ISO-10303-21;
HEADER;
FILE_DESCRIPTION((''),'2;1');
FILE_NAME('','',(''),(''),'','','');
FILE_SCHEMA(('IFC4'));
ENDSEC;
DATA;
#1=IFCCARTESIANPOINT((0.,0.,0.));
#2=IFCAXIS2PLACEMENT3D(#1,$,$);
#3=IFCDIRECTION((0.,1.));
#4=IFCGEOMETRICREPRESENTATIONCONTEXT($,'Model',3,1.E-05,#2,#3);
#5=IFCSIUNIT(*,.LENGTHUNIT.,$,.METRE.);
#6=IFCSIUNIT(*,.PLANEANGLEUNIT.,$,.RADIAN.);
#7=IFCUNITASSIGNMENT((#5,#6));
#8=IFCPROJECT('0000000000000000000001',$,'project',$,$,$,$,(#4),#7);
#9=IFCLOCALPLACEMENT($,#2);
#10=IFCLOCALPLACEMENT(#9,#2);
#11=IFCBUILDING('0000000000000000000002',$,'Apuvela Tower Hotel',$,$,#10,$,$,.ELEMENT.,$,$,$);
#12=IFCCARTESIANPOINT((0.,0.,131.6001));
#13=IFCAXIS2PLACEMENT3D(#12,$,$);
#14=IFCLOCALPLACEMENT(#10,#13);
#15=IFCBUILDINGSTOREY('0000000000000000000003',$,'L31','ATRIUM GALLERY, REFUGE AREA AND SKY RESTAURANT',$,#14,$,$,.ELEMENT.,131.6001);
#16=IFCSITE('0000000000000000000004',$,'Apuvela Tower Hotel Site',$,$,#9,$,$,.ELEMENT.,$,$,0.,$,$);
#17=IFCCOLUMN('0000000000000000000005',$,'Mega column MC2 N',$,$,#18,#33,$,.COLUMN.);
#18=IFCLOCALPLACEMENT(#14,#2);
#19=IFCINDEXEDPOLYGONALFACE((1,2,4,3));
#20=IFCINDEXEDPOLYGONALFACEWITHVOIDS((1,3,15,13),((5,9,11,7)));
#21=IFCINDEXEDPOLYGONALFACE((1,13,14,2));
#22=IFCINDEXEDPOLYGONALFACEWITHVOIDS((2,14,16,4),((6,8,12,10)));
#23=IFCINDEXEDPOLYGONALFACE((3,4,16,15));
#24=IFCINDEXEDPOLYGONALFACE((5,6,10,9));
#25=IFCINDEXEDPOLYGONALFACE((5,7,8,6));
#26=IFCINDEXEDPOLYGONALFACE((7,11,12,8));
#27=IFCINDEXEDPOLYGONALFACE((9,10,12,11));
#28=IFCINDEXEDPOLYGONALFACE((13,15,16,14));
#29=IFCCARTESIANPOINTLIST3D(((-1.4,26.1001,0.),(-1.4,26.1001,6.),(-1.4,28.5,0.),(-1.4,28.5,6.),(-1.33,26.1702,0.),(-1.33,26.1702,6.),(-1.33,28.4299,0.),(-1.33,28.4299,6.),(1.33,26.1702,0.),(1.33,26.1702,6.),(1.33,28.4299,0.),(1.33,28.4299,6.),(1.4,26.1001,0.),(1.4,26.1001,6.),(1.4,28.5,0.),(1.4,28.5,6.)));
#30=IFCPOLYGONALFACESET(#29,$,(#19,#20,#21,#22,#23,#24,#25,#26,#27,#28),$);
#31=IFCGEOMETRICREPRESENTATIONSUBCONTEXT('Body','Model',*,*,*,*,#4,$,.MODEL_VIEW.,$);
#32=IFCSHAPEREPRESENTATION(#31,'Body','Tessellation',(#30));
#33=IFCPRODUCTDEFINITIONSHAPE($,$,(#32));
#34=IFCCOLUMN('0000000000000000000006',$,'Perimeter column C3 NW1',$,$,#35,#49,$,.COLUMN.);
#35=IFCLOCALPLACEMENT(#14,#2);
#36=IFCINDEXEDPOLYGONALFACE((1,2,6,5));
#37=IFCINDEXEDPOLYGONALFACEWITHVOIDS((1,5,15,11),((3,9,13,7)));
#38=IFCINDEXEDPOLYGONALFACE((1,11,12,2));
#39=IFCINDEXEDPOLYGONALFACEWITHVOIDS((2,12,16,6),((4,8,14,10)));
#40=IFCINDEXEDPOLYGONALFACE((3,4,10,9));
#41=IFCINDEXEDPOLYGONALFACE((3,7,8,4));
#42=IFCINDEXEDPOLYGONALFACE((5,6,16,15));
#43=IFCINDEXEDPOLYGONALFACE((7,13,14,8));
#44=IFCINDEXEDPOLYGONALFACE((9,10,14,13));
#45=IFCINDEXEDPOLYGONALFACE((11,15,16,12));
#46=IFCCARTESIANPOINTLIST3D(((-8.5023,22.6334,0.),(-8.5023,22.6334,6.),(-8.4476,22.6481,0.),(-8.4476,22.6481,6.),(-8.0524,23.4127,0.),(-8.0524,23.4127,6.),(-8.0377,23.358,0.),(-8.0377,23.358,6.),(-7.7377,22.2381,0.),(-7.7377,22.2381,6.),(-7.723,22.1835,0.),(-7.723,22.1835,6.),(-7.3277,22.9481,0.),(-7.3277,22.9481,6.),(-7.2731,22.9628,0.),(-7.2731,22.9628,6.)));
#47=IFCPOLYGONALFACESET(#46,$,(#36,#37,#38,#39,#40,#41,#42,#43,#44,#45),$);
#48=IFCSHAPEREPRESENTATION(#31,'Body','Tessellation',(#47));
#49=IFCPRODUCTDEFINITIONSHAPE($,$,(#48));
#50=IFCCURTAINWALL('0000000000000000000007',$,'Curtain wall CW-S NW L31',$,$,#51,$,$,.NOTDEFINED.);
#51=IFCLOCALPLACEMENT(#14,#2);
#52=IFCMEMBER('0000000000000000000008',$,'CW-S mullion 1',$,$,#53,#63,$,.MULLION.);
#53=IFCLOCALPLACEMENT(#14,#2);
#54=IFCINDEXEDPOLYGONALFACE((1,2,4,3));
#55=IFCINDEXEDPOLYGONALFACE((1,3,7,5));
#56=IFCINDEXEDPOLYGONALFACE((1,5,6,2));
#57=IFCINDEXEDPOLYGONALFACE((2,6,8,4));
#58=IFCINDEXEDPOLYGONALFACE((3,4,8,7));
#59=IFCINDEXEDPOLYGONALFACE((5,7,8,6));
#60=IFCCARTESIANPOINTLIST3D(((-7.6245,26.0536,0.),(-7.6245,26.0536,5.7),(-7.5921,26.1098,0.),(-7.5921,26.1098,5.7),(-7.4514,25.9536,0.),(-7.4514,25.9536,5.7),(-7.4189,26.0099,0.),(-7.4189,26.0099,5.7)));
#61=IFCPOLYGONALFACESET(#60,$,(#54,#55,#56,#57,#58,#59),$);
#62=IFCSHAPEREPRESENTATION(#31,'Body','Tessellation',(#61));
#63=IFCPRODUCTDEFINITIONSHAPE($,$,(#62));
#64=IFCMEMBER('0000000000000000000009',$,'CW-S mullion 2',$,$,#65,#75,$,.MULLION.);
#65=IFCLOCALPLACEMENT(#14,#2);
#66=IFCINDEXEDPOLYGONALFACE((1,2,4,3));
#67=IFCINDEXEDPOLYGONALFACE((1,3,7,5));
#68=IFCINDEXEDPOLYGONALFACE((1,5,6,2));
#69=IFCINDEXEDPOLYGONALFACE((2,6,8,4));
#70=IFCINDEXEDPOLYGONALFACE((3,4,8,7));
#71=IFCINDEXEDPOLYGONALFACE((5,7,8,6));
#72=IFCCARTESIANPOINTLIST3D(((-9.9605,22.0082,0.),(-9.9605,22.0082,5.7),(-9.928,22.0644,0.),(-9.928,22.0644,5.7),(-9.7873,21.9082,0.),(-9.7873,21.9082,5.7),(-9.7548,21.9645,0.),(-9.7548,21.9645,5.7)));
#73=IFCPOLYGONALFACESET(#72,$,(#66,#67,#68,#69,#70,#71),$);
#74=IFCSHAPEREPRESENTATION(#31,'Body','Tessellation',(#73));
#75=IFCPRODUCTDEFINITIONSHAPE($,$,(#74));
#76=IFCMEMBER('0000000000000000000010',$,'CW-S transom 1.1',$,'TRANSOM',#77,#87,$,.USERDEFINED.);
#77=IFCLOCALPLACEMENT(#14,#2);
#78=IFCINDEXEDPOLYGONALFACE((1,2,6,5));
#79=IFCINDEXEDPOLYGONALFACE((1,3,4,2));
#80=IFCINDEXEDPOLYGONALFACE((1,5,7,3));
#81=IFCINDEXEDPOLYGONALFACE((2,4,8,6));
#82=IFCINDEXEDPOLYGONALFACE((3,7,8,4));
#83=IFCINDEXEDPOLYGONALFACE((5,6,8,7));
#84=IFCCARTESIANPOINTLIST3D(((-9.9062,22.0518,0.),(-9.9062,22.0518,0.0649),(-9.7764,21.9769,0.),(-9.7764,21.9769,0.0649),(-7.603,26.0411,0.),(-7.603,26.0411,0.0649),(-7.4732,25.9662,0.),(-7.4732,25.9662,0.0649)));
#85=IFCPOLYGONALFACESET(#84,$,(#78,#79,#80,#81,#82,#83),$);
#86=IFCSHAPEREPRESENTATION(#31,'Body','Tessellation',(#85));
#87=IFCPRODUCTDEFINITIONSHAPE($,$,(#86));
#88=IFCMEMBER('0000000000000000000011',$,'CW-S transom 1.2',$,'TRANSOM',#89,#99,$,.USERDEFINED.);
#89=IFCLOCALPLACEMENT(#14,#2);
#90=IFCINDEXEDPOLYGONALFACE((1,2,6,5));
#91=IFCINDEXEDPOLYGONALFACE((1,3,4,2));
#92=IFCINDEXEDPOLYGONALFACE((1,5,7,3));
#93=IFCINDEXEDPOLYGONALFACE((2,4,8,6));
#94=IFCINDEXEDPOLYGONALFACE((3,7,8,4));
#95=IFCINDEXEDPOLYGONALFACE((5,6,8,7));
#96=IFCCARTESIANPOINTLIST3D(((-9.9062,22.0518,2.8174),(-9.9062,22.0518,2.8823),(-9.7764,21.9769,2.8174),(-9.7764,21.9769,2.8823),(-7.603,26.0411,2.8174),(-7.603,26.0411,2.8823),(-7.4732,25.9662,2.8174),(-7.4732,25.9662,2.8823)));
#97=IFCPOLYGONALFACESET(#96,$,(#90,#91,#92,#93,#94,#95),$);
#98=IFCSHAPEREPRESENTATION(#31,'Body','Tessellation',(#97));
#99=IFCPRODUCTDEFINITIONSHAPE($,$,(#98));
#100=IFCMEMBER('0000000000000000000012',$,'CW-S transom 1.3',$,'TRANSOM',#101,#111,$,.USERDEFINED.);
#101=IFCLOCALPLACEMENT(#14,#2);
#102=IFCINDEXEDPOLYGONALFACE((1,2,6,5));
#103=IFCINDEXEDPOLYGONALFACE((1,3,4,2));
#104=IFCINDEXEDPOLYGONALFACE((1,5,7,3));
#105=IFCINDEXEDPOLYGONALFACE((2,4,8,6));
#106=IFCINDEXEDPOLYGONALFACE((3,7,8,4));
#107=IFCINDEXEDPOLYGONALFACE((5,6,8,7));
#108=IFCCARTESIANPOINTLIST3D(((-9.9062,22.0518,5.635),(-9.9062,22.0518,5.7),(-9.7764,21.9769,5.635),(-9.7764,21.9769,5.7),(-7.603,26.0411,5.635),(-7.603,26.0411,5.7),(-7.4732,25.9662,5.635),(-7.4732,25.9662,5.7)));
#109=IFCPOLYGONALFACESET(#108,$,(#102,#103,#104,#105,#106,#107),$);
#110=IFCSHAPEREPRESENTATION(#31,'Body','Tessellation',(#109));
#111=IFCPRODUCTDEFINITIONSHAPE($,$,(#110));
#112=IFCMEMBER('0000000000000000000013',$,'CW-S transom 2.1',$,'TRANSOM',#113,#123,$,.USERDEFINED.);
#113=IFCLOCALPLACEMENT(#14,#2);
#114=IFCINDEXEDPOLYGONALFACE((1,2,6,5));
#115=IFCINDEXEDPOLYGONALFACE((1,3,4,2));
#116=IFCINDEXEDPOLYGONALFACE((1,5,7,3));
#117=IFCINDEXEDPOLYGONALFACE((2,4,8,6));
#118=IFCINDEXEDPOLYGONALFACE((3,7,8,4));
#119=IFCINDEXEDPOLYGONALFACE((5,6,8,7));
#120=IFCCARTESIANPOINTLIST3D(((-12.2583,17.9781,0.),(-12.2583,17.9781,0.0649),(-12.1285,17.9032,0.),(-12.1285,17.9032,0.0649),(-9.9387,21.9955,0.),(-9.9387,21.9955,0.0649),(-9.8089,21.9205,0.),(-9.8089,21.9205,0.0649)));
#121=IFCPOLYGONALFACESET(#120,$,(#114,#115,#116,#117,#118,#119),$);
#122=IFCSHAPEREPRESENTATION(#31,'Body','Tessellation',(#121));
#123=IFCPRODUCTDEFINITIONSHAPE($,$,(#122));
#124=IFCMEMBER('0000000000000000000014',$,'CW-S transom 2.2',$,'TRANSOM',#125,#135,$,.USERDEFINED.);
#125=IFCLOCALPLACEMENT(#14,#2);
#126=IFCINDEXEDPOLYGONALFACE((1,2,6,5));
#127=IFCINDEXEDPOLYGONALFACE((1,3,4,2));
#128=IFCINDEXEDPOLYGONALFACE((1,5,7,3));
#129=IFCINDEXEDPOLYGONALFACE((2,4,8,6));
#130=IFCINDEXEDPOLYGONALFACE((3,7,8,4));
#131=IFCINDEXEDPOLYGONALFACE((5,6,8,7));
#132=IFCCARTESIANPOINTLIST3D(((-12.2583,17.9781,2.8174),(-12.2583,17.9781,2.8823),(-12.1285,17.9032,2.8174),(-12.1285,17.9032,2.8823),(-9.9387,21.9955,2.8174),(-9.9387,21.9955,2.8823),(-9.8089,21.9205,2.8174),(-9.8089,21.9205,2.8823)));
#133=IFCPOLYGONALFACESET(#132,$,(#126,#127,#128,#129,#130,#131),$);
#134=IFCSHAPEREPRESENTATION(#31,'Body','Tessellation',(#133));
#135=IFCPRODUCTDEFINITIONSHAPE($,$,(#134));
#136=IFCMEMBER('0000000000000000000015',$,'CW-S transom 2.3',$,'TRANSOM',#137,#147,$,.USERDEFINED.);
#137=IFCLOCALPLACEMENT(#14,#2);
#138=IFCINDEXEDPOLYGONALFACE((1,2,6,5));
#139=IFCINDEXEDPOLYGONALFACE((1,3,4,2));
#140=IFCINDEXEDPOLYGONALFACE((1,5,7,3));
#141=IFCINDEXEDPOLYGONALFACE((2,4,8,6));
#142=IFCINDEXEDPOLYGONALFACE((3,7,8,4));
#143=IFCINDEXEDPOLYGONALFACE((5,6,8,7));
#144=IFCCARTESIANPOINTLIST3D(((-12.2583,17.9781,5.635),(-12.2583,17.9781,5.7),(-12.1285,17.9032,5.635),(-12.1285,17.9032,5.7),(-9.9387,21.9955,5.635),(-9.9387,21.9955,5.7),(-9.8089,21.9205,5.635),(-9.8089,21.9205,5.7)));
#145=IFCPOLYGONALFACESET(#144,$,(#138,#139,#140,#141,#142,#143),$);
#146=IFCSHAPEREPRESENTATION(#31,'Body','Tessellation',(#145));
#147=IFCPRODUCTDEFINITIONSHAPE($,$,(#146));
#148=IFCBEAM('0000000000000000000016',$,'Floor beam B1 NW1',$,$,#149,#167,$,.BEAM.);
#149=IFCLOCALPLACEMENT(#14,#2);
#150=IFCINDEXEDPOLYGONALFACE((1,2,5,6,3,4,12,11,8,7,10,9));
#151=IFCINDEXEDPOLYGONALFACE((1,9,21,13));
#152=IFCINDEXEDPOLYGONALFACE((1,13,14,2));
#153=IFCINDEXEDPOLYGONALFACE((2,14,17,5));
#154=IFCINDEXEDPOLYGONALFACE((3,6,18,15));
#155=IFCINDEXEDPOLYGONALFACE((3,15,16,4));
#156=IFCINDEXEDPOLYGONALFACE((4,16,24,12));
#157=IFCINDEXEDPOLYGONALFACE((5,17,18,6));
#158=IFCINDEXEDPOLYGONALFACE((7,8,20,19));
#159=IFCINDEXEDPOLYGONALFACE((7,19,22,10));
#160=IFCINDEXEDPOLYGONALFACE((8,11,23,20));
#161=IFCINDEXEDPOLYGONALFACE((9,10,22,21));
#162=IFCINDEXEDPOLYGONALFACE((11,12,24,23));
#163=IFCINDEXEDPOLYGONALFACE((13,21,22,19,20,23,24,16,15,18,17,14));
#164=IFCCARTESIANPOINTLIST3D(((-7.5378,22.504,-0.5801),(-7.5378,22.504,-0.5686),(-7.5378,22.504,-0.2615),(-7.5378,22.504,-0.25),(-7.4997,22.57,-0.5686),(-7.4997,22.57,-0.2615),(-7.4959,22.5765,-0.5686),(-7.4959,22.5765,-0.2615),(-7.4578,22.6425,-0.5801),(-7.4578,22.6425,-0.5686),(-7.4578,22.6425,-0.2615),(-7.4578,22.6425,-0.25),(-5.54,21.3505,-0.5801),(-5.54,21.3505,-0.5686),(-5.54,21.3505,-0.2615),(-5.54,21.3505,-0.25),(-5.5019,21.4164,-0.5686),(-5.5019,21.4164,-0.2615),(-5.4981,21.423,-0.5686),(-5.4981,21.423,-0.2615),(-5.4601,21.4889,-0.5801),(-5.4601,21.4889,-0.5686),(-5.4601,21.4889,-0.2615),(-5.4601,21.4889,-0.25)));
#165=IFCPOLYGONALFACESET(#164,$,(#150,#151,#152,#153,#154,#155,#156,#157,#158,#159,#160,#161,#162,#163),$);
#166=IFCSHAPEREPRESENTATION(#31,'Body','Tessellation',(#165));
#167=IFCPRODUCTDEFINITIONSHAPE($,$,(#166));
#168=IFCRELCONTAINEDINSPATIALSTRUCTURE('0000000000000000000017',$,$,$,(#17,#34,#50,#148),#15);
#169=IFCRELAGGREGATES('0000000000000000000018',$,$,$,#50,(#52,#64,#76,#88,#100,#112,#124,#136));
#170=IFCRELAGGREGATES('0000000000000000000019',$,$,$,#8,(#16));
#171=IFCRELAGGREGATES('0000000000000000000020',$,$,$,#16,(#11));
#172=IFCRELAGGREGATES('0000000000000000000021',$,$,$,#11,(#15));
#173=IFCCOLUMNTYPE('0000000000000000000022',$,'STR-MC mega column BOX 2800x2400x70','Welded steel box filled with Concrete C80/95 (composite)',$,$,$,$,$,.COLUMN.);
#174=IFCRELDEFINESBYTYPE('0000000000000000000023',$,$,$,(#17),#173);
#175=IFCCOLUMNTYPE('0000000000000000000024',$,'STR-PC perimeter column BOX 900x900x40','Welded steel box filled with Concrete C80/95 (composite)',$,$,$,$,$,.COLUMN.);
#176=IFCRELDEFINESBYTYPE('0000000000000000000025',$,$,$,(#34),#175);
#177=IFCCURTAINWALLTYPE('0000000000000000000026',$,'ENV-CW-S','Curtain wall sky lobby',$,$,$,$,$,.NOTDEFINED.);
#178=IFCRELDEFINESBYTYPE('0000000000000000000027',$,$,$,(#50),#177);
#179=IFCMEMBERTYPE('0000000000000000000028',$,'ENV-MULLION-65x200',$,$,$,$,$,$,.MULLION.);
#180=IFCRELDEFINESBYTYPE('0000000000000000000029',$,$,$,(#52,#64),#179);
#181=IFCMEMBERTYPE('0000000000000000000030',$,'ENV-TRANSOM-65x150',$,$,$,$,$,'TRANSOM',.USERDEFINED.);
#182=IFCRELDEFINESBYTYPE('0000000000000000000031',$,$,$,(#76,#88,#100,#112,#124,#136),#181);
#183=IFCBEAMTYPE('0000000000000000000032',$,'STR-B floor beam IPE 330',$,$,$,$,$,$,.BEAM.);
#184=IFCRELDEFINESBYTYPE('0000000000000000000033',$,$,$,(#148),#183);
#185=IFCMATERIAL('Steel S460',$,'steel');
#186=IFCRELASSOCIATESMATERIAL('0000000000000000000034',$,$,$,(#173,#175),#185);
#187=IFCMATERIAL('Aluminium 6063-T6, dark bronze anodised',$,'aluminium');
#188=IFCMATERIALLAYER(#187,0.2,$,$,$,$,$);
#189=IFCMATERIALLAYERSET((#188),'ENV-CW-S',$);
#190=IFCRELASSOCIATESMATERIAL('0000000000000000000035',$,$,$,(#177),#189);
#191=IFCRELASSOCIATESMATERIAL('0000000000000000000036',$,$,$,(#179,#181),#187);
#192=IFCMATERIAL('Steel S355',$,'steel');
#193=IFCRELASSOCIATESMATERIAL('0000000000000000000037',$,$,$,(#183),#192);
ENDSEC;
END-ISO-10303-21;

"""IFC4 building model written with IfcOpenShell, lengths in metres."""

from ifc_helpers import new_model, si_unit, direction, frame, origin, origin_2d, place, context, subcontext, project, spatial, rectangle, hollow_rectangle, i_section, extrude, material, layer, layer_set, material_profile, profile_set, type_object, element, aggregate, save


model = new_model("IFC4")

# Units and contexts
model_context = context("Model", 3, precision=1e-05, world=origin(), true_north=direction((0.0, 1.0)))
body_context = subcontext(model_context, "Body", "Model", "MODEL_VIEW")
ifc_project = project(units=[si_unit("LENGTHUNIT", "METRE"), si_unit("PLANEANGLEUNIT", "RADIAN")], contexts=[model_context])

# Site, building, storey
site_placement = place(None, origin())
site = spatial("IfcSite", under=ifc_project, at=site_placement, Name="Apuvela Tower Hotel Site", CompositionType="ELEMENT", RefElevation=0.0)
building_placement = place(site_placement, origin())
building = spatial("IfcBuilding", under=site, at=building_placement, Name="Apuvela Tower Hotel", CompositionType="ELEMENT")
storey_placement = place(building_placement, frame((0.0, 0.0, 131.6001)))
storey = spatial("IfcBuildingStorey", under=building, at=storey_placement, Name="L31", Description="ATRIUM GALLERY, REFUGE AREA AND SKY RESTAURANT", CompositionType="ELEMENT", Elevation=131.6001)

# Columns
ifc_material_1 = material(Name="Steel S460", Category="steel")
ifc_material_profile_1 = material_profile(ifc_material_1, hollow_rectangle(XDim=2.8, YDim=2.3999, WallThickness=0.0701, at=origin_2d()), Name="BOX 2800x2400x70")
ifc_material_2 = material(Name="Concrete C80/95", Category="concrete")
ifc_material_profile_2 = material_profile(ifc_material_2, rectangle(XDim=2.6599, YDim=2.26, at=origin_2d()), Name="Concrete C80/95 infill")
ifc_profile_set_1 = profile_set([ifc_material_profile_1, ifc_material_profile_2], Name="Steel S460")
column_type_1 = type_object("IfcColumnType", Name="STR-MC mega column BOX 2800x2400x70", Description="Welded steel box filled with Concrete C80/95 (composite)", PredefinedType="COLUMN", material=ifc_profile_set_1)
column_1_placement = place(storey_placement, frame((0.0, 27.3, 0.0), z_axis=(0.0, 0.0, 1.0), x_axis=(1.0, 0.0, 0.0)))
element("IfcColumn", 1, at=column_1_placement, inside=storey, type_object=column_type_1, Name="Mega column MC2 N", PredefinedType="COLUMN", context=body_context, shape_type="SweptSolid", body=[
    extrude(hollow_rectangle(XDim=2.8, YDim=2.3999, WallThickness=0.0701, at=origin_2d()), origin(), (0.0, 0.0, 1.0), 6.0),
])
ifc_material_profile_3 = material_profile(ifc_material_1, hollow_rectangle(XDim=0.8999, YDim=0.8999, WallThickness=0.04, at=origin_2d()), Name="BOX 900x900x40")
ifc_material_profile_4 = material_profile(ifc_material_2, rectangle(XDim=0.8201, YDim=0.8201, at=origin_2d()), Name="Concrete C80/95 infill")
ifc_profile_set_2 = profile_set([ifc_material_profile_3, ifc_material_profile_4], Name="Steel S460")
column_type_2 = type_object("IfcColumnType", Name="STR-PC perimeter column BOX 900x900x40", Description="Welded steel box filled with Concrete C80/95 (composite)", PredefinedType="COLUMN", material=ifc_profile_set_2)
column_2_placement = place(storey_placement, frame((-7.8877, 22.7981, 0.0), z_axis=(0.0, 0.0, 1.0), x_axis=(0.5, 0.866025, 0.0)))
element("IfcColumn", 2, at=column_2_placement, inside=storey, type_object=column_type_2, Name="Perimeter column C3 NW1", PredefinedType="COLUMN", context=body_context, shape_type="SweptSolid", body=[
    extrude(hollow_rectangle(XDim=0.8999, YDim=0.8999, WallThickness=0.04, at=origin_2d()), origin(), (0.0, 0.0, 1.0), 6.0),
])

# Curtain wall, members
ifc_material_3 = material(Name="Aluminium 6063-T6, dark bronze anodised", Category="aluminium")
ifc_layer_1 = layer(ifc_material_3, 0.2)
ifc_layer_set_1 = layer_set([ifc_layer_1], Name="ENV-CW-S")
curtain_wall_type = type_object("IfcCurtainWallType", Name="ENV-CW-S", Description="Curtain wall sky lobby", PredefinedType="NOTDEFINED", material=ifc_layer_set_1)
curtain_wall_placement = place(storey_placement, origin())
curtain_wall = element("IfcCurtainWall", 3, at=curtain_wall_placement, inside=storey, type_object=curtain_wall_type, Name="Curtain wall CW-S NW L31", PredefinedType="NOTDEFINED")
ifc_material_profile_5 = material_profile(ifc_material_3, rectangle(XDim=0.2, YDim=0.0649, at=origin_2d()), Name="AL 65x200")
ifc_profile_set_3 = profile_set([ifc_material_profile_5], Name="Aluminium 6063-T6, dark bronze anodised")
member_type_1 = type_object("IfcMemberType", Name="ENV-MULLION-65x200", PredefinedType="MULLION", material=ifc_profile_set_3)
member_1_placement = place(storey_placement, frame((-7.5217, 26.0317, 0.0), z_axis=(0.0, 0.0, 1.0), x_axis=(0.866026, -0.499999, 0.0)))
member_1 = element("IfcMember", 4, at=member_1_placement, type_object=member_type_1, Name="CW-S mullion 1", PredefinedType="MULLION", context=body_context, shape_type="SweptSolid", body=[
    extrude(rectangle(XDim=0.2, YDim=0.0649, at=origin_2d()), origin(), (0.0, 0.0, 1.0), 5.7),
])
member_2_placement = place(storey_placement, frame((-9.8577, 21.9863, 0.0), z_axis=(0.0, 0.0, 1.0), x_axis=(0.866026, -0.499999, 0.0)))
member_2 = element("IfcMember", 5, at=member_2_placement, type_object=member_type_1, Name="CW-S mullion 2", PredefinedType="MULLION", context=body_context, shape_type="SweptSolid", body=[
    extrude(rectangle(XDim=0.2, YDim=0.0649, at=origin_2d()), origin(), (0.0, 0.0, 1.0), 5.7),
])
ifc_material_profile_6 = material_profile(ifc_material_3, rectangle(XDim=0.1499, YDim=0.0649, at=origin_2d()), Name="AL 65x150 transom")
ifc_profile_set_4 = profile_set([ifc_material_profile_6], Name="Aluminium 6063-T6, dark bronze anodised")
member_type_2 = type_object("IfcMemberType", Name="ENV-TRANSOM-65x150", ElementType="TRANSOM", PredefinedType="USERDEFINED", material=ifc_profile_set_4)
member_3_placement = place(storey_placement, frame((-7.5381, 26.0037, 0.0325), z_axis=(-0.500004, -0.866023, 0.0), x_axis=(0.866023, -0.500004, 0.0)))
member_3 = element("IfcMember", 6, at=member_3_placement, type_object=member_type_2, Name="CW-S transom 1.1", ObjectType="TRANSOM", PredefinedType="USERDEFINED", context=body_context, shape_type="SweptSolid", body=[
    extrude(rectangle(XDim=0.1499, YDim=0.0649, at=origin_2d()), origin(), (0.0, 0.0, 1.0), 4.6064),
])
member_4_placement = place(storey_placement, frame((-7.5381, 26.0037, 2.8499), z_axis=(-0.500004, -0.866023, 0.0), x_axis=(0.866023, -0.500004, 0.0)))
member_4 = element("IfcMember", 7, at=member_4_placement, type_object=member_type_2, Name="CW-S transom 1.2", ObjectType="TRANSOM", PredefinedType="USERDEFINED", context=body_context, shape_type="SweptSolid", body=[
    extrude(rectangle(XDim=0.1499, YDim=0.0649, at=origin_2d()), origin(), (0.0, 0.0, 1.0), 4.6064),
])
member_5_placement = place(storey_placement, frame((-7.5381, 26.0037, 5.6675), z_axis=(-0.500004, -0.866023, 0.0), x_axis=(0.866023, -0.500004, 0.0)))
member_5 = element("IfcMember", 8, at=member_5_placement, type_object=member_type_2, Name="CW-S transom 1.3", ObjectType="TRANSOM", PredefinedType="USERDEFINED", context=body_context, shape_type="SweptSolid", body=[
    extrude(rectangle(XDim=0.1499, YDim=0.0649, at=origin_2d()), origin(), (0.0, 0.0, 1.0), 4.6064),
])
member_6_placement = place(storey_placement, frame((-9.8738, 21.958, 0.0325), z_axis=(-0.500028, -0.866009, 0.0), x_axis=(0.866009, -0.500028, 0.0)))
member_6 = element("IfcMember", 9, at=member_6_placement, type_object=member_type_2, Name="CW-S transom 2.1", ObjectType="TRANSOM", PredefinedType="USERDEFINED", context=body_context, shape_type="SweptSolid", body=[
    extrude(rectangle(XDim=0.1499, YDim=0.0649, at=origin_2d()), origin(), (0.0, 0.0, 1.0), 4.6389),
])
member_7_placement = place(storey_placement, frame((-9.8738, 21.958, 2.8499), z_axis=(-0.500028, -0.866009, 0.0), x_axis=(0.866009, -0.500028, 0.0)))
member_7 = element("IfcMember", 10, at=member_7_placement, type_object=member_type_2, Name="CW-S transom 2.2", ObjectType="TRANSOM", PredefinedType="USERDEFINED", context=body_context, shape_type="SweptSolid", body=[
    extrude(rectangle(XDim=0.1499, YDim=0.0649, at=origin_2d()), origin(), (0.0, 0.0, 1.0), 4.6389),
])
member_8_placement = place(storey_placement, frame((-9.8738, 21.958, 5.6675), z_axis=(-0.500028, -0.866009, 0.0), x_axis=(0.866009, -0.500028, 0.0)))
member_8 = element("IfcMember", 11, at=member_8_placement, type_object=member_type_2, Name="CW-S transom 2.3", ObjectType="TRANSOM", PredefinedType="USERDEFINED", context=body_context, shape_type="SweptSolid", body=[
    extrude(rectangle(XDim=0.1499, YDim=0.0649, at=origin_2d()), origin(), (0.0, 0.0, 1.0), 4.6389),
])

# Beam
ifc_material_4 = material(Name="Steel S355", Category="steel")
ifc_material_profile_7 = material_profile(ifc_material_4, i_section(OverallWidth=0.1599, OverallDepth=0.3301, WebThickness=0.0076, FlangeThickness=0.0115, at=origin_2d()), Name="IPE 330")
ifc_profile_set_5 = profile_set([ifc_material_profile_7], Name="Steel S355")
beam_type_1 = type_object("IfcBeamType", Name="STR-B floor beam IPE 330", PredefinedType="BEAM", material=ifc_profile_set_5)
beam_1_placement = place(storey_placement, frame((-7.4978, 22.5732, -0.415), z_axis=(0.866001, -0.500043, 0.0), x_axis=(0.500043, 0.866001, 0.0)))
element("IfcBeam", 12, at=beam_1_placement, inside=storey, type_object=beam_type_1, Name="Floor beam B1 NW1", PredefinedType="BEAM", context=body_context, shape_type="SweptSolid", body=[
    extrude(i_section(OverallWidth=0.1599, OverallDepth=0.3301, WebThickness=0.0076, FlangeThickness=0.0115, at=origin_2d()), origin(), (0.0, 0.0, 1.0), 2.3069),
])

aggregate(curtain_wall, [member_1, member_2, member_3, member_4, member_5, member_6, member_7, member_8])

save(model, "model.ifc")
